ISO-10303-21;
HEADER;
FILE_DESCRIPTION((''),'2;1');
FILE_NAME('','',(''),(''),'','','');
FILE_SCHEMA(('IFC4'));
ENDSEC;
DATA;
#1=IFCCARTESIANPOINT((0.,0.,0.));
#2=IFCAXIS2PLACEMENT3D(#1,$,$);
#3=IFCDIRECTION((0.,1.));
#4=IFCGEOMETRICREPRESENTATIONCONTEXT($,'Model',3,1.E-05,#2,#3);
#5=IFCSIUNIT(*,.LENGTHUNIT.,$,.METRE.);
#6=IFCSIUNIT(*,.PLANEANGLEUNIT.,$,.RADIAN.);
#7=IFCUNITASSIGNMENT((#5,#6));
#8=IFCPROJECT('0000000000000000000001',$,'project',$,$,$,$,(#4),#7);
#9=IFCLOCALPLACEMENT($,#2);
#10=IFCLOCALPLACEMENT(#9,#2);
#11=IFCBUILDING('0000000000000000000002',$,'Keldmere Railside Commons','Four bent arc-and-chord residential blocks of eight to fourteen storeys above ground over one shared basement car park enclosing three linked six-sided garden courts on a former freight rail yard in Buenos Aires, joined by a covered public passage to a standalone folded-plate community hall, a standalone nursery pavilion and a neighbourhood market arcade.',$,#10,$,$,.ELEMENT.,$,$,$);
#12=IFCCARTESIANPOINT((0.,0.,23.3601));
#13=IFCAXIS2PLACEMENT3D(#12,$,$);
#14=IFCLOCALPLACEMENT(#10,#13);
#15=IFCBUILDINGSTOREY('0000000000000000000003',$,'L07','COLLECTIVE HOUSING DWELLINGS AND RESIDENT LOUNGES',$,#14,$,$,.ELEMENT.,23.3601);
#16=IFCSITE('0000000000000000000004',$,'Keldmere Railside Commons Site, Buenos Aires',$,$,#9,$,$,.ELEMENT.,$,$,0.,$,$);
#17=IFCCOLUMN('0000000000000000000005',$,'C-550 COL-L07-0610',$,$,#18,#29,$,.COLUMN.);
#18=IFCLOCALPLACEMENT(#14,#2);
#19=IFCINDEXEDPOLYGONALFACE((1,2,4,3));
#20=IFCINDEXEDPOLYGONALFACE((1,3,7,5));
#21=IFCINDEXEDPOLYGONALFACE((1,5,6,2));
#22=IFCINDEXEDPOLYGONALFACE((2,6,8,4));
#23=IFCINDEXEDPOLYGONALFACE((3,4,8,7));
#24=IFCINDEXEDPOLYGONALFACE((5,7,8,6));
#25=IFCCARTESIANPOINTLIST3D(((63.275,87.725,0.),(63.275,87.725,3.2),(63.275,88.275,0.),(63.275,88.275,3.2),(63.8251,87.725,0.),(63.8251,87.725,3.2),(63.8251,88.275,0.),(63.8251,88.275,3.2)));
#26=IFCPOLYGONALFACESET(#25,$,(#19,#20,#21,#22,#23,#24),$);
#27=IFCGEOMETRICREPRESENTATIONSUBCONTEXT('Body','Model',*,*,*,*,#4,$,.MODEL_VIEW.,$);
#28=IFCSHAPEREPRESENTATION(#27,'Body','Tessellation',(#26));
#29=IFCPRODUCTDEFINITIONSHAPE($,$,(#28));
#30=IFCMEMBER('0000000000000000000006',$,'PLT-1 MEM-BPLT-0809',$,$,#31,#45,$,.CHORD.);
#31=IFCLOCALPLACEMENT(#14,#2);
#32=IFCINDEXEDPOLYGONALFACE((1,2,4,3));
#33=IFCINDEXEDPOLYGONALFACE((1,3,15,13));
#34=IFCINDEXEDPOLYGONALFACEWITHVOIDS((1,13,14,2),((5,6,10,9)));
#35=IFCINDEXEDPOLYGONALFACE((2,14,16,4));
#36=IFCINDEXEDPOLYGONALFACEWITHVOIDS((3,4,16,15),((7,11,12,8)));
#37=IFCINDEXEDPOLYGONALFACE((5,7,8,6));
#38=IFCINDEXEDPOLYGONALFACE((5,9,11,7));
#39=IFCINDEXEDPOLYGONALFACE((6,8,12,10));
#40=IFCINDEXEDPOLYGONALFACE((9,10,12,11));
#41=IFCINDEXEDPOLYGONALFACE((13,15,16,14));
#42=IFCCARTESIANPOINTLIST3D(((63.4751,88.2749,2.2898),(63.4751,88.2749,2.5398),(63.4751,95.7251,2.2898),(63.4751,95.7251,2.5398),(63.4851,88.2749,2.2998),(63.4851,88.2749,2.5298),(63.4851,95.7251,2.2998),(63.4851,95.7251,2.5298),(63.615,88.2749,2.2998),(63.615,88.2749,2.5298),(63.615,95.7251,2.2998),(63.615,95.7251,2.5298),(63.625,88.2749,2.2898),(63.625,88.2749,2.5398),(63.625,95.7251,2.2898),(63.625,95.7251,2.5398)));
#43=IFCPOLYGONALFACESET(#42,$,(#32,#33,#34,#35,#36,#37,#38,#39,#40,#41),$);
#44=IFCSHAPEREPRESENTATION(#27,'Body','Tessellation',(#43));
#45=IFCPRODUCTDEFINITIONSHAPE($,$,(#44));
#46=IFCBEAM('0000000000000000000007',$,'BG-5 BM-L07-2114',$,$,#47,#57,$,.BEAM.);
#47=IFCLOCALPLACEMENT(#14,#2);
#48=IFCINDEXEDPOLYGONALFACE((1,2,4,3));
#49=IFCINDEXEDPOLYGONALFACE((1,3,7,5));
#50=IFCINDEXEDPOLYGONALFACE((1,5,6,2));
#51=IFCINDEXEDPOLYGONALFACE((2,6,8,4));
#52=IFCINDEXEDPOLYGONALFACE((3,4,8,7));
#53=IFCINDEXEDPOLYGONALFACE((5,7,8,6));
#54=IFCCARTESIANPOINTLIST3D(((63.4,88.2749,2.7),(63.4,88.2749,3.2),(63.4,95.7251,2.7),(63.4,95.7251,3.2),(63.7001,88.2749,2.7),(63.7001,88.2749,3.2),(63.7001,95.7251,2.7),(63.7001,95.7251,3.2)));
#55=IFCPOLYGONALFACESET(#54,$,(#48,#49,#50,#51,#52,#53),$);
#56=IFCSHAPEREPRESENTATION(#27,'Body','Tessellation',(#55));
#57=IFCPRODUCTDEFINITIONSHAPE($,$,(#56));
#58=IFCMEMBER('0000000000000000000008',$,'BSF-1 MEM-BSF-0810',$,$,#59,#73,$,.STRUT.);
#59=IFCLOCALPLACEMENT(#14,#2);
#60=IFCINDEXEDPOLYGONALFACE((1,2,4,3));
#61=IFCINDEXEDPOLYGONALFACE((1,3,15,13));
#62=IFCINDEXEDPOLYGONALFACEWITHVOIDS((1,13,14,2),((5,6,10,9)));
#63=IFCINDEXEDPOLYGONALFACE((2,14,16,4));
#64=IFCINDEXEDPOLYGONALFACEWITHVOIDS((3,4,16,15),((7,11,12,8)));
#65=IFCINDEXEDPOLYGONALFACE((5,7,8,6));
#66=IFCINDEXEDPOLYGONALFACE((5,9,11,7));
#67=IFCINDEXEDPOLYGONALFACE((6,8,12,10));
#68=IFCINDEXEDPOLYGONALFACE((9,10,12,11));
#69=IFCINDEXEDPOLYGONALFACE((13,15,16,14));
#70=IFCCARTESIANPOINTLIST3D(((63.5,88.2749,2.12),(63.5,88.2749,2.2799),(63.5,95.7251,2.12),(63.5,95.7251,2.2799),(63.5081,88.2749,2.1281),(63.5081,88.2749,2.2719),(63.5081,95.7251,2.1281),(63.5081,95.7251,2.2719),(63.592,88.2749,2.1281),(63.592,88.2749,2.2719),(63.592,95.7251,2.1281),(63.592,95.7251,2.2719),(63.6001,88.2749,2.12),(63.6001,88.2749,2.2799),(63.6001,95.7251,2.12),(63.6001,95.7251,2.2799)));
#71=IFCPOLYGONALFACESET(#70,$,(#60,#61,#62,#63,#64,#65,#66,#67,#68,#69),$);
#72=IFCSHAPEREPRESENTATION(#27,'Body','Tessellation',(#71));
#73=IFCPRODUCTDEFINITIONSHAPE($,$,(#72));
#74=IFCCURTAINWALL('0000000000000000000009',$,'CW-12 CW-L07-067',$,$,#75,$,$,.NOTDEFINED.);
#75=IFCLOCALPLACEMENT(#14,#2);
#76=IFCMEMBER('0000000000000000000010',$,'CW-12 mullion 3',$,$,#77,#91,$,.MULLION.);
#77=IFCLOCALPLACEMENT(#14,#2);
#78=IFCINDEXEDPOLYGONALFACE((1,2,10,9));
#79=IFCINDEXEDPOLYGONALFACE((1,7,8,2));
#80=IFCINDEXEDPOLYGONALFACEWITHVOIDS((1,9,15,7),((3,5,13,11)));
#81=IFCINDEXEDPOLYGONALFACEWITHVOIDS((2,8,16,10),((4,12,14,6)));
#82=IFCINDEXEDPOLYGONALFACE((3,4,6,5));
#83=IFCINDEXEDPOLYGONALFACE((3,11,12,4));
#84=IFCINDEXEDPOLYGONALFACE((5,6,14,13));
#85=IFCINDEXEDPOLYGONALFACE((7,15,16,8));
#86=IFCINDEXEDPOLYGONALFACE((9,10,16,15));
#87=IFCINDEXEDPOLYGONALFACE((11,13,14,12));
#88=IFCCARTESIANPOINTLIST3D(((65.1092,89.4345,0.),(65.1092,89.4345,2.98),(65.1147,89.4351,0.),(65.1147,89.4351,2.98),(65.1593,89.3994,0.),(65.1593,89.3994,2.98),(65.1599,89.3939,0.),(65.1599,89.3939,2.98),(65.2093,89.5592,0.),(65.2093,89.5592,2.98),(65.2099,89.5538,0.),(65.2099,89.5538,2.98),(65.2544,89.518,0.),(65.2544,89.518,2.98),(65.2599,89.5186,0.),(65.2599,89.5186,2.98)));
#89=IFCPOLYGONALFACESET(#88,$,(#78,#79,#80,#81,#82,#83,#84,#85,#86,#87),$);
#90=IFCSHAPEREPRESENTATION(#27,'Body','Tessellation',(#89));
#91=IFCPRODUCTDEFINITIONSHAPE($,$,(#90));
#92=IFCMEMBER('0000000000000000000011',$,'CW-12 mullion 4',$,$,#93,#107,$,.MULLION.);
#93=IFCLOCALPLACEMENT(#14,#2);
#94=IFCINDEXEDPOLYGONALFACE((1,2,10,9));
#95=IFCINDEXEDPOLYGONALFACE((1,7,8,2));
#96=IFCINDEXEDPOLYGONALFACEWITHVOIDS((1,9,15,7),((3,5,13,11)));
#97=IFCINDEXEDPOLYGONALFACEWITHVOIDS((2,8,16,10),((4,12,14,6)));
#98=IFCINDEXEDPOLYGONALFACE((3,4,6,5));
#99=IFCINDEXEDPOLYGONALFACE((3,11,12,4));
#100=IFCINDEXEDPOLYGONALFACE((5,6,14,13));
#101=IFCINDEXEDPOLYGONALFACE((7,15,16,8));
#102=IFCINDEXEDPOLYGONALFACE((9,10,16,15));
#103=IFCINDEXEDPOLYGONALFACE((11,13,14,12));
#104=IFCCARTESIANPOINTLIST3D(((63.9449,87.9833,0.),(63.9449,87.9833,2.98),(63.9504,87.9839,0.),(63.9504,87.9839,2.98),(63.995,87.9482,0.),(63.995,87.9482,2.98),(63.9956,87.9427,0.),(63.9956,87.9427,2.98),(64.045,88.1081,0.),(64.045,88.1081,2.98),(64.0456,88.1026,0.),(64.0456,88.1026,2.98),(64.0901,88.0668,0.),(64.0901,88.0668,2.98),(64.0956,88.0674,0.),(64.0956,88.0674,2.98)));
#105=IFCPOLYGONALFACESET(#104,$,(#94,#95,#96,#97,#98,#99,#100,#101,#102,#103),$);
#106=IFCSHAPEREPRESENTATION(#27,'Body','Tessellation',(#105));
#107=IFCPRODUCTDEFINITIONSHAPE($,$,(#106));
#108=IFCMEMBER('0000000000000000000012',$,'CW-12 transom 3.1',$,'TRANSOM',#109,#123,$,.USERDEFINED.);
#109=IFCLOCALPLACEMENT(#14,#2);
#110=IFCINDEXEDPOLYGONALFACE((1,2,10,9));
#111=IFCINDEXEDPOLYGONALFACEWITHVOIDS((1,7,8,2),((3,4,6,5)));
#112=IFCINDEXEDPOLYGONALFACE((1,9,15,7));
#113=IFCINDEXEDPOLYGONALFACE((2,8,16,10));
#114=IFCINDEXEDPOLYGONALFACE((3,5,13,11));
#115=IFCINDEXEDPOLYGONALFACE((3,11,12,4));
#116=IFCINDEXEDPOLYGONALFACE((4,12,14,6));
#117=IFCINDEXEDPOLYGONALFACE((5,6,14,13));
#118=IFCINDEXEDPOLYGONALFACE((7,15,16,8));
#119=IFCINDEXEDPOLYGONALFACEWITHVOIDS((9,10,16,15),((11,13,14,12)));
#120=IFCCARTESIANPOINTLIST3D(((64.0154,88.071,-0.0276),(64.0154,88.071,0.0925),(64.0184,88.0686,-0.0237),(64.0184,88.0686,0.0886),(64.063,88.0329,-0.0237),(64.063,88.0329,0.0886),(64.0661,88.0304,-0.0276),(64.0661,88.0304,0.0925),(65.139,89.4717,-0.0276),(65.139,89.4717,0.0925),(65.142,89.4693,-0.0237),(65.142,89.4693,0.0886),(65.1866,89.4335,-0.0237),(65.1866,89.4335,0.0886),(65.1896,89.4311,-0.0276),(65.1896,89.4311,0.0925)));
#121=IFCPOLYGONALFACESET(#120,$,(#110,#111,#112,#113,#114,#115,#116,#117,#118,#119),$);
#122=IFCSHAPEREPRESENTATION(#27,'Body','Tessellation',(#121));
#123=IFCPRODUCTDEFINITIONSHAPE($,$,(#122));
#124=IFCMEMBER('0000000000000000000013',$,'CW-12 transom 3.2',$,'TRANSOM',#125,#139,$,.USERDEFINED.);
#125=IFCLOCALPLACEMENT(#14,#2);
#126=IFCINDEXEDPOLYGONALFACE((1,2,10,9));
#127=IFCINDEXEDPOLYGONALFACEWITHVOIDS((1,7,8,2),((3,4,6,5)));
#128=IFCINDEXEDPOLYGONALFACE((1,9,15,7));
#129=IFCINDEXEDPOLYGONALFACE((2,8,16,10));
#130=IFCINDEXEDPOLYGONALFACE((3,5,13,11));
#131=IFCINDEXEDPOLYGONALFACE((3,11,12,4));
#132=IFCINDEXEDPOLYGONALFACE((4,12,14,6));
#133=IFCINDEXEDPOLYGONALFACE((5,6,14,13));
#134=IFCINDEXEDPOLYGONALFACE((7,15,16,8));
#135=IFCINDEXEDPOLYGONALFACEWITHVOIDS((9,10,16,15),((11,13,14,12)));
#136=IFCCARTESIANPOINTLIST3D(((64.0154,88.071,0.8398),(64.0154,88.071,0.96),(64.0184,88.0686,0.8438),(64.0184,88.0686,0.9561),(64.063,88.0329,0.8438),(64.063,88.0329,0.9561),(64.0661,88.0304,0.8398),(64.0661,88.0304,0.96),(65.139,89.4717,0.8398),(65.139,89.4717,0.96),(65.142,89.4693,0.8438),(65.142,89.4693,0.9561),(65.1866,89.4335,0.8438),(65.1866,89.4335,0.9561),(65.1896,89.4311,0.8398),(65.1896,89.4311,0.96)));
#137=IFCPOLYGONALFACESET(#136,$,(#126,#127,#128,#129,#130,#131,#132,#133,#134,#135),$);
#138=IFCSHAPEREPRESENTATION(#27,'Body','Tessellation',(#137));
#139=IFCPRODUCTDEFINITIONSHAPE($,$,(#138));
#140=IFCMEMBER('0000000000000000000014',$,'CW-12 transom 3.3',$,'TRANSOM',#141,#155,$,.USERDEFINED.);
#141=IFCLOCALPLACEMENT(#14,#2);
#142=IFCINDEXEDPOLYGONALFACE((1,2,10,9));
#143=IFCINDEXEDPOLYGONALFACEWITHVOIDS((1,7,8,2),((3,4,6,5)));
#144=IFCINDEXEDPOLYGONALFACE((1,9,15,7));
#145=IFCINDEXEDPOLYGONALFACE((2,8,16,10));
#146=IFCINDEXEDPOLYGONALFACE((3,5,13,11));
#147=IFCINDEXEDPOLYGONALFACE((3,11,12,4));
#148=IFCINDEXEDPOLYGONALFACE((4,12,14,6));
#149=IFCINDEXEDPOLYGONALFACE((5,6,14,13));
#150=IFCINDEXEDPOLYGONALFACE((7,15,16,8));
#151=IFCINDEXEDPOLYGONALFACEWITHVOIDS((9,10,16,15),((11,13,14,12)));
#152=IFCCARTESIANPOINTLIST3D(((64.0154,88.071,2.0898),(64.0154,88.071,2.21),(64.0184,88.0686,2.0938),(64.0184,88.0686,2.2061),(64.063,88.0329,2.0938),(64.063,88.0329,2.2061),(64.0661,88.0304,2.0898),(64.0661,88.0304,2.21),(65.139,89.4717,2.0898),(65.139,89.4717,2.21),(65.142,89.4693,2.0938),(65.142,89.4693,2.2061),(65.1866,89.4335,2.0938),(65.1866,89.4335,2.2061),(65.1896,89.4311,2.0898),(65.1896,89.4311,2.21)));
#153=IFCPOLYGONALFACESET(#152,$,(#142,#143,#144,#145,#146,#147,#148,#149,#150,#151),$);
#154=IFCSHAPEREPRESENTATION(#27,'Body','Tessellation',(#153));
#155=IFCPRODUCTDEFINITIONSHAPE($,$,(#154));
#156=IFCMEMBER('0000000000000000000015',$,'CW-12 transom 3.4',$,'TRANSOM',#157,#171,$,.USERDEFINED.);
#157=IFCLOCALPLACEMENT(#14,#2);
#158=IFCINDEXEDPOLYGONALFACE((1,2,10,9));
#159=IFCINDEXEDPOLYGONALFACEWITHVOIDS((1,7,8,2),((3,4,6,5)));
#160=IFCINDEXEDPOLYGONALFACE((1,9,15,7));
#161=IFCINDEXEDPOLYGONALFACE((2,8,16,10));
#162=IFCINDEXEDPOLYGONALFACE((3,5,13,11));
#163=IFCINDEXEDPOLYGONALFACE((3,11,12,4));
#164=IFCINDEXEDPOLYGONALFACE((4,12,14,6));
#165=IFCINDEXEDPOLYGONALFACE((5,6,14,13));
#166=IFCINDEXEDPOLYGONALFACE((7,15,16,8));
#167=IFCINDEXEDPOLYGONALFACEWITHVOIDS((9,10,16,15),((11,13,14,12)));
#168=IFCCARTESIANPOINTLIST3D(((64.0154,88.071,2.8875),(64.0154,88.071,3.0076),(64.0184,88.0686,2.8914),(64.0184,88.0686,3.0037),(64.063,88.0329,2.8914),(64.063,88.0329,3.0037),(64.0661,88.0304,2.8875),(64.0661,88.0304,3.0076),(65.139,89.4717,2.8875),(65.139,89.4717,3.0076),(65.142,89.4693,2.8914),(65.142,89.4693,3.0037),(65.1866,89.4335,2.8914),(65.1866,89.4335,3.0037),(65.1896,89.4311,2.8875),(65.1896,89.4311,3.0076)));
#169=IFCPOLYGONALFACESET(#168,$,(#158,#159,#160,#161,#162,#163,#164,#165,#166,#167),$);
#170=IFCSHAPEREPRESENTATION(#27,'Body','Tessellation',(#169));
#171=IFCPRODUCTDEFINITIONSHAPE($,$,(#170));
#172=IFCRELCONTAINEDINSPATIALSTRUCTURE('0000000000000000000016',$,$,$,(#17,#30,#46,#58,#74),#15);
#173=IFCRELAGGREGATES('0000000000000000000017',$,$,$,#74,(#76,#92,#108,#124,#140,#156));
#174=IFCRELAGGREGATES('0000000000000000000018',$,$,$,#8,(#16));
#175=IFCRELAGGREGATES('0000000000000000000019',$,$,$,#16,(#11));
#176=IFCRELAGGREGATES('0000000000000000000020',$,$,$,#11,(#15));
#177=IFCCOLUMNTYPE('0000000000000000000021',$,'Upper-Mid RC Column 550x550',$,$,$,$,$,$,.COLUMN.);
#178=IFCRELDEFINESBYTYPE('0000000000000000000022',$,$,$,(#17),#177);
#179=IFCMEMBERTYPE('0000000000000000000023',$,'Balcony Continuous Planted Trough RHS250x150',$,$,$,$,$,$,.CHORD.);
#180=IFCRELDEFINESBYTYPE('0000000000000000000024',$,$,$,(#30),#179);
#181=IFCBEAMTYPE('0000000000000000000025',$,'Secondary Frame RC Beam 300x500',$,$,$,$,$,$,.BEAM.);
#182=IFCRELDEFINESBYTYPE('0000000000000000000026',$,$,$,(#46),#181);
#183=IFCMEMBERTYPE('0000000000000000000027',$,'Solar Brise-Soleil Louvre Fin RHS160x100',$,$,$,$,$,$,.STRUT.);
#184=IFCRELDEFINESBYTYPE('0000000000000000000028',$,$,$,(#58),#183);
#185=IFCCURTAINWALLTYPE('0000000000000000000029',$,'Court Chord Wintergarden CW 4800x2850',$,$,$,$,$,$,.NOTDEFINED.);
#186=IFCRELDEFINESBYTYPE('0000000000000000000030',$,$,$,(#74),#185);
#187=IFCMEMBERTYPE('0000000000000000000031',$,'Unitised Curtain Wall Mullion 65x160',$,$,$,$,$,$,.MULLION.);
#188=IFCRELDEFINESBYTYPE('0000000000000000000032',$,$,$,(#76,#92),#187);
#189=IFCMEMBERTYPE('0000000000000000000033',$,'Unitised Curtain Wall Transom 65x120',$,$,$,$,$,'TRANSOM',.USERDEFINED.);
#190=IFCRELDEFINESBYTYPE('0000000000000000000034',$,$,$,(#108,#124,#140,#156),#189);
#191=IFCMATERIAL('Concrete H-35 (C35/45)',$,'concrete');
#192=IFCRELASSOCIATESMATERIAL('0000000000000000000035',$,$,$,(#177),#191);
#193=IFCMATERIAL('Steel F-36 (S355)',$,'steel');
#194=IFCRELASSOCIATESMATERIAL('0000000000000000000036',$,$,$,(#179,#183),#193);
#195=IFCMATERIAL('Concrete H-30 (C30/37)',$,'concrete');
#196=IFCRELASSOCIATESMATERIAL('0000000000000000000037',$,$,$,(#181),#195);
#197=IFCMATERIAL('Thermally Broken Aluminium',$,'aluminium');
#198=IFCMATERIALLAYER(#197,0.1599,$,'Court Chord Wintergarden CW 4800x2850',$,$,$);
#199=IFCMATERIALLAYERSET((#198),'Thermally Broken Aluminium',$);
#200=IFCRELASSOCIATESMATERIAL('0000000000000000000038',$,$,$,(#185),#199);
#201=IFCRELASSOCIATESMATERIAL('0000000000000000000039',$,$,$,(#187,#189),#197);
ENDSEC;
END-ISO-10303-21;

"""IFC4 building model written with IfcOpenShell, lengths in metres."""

from ifc_helpers import new_model, si_unit, direction, frame, origin, origin_2d, place, context, subcontext, project, spatial, rectangle, hollow_rectangle, extrude, material, layer, layer_set, material_profile, profile_set, type_object, element, aggregate, save


model = new_model("IFC4")

# Units and contexts
model_context = context("Model", 3, precision=1e-05, world=origin(), true_north=direction((0.0, 1.0)))
body_context = subcontext(model_context, "Body", "Model", "MODEL_VIEW")
ifc_project = project(units=[si_unit("LENGTHUNIT", "METRE"), si_unit("PLANEANGLEUNIT", "RADIAN")], contexts=[model_context])

# Site, building, storey
site_placement = place(None, origin())
site = spatial("IfcSite", under=ifc_project, at=site_placement, Name="Keldmere Railside Commons Site, Buenos Aires", CompositionType="ELEMENT", RefElevation=0.0)
building_placement = place(site_placement, origin())
building = spatial("IfcBuilding", under=site, at=building_placement, Name="Keldmere Railside Commons", Description="Four bent arc-and-chord residential blocks of eight to fourteen storeys above ground over one shared basement car park enclosing three linked six-sided garden courts on a former freight rail yard in Buenos Aires, joined by a covered public passage to a standalone folded-plate community hall, a standalone nursery pavilion and a neighbourhood market arcade.", CompositionType="ELEMENT")
storey_placement = place(building_placement, frame((0.0, 0.0, 23.3601)))
storey = spatial("IfcBuildingStorey", under=building, at=storey_placement, Name="L07", Description="COLLECTIVE HOUSING DWELLINGS AND RESIDENT LOUNGES", CompositionType="ELEMENT", Elevation=23.3601)

# Column
ifc_material_1 = material(Name="Concrete H-35 (C35/45)", Category="concrete")
ifc_material_profile_1 = material_profile(ifc_material_1, rectangle(XDim=0.55, YDim=0.55, at=origin_2d()), Name="RC-550x550")
ifc_profile_set_1 = profile_set([ifc_material_profile_1], Name="Concrete H-35 (C35/45)")
column_type = type_object("IfcColumnType", Name="Upper-Mid RC Column 550x550", PredefinedType="COLUMN", material=ifc_profile_set_1)
column_placement = place(storey_placement, frame((63.55, 88.0, 0.0), z_axis=(0.0, 0.0, 1.0), x_axis=(1.0, 0.0, 0.0)))
element("IfcColumn", 1, at=column_placement, inside=storey, type_object=column_type, Name="C-550 COL-L07-0610", PredefinedType="COLUMN", context=body_context, shape_type="SweptSolid", body=[
    extrude(rectangle(XDim=0.55, YDim=0.55, at=origin_2d()), origin(), (0.0, 0.0, 1.0), 3.2),
])

# Member
ifc_material_2 = material(Name="Steel F-36 (S355)", Category="steel")
ifc_material_profile_2 = material_profile(ifc_material_2, hollow_rectangle(XDim=0.1499, YDim=0.25, WallThickness=0.01, at=origin_2d()), Name="RHS-250x150x10")
ifc_profile_set_2 = profile_set([ifc_material_profile_2], Name="Steel F-36 (S355)")
member_type_1 = type_object("IfcMemberType", Name="Balcony Continuous Planted Trough RHS250x150", PredefinedType="CHORD", material=ifc_profile_set_2)
member_1_placement = place(storey_placement, frame((63.55, 88.2749, 2.4148), z_axis=(0.0, 1.0, 0.0), x_axis=(-1.0, 0.0, 0.0)))
element("IfcMember", 2, at=member_1_placement, inside=storey, type_object=member_type_1, Name="PLT-1 MEM-BPLT-0809", PredefinedType="CHORD", context=body_context, shape_type="SweptSolid", body=[
    extrude(hollow_rectangle(XDim=0.1499, YDim=0.25, WallThickness=0.01, at=origin_2d()), origin(), (0.0, 0.0, 1.0), 7.4502),
])

# Beam
ifc_material_3 = material(Name="Concrete H-30 (C30/37)", Category="concrete")
ifc_material_profile_3 = material_profile(ifc_material_3, rectangle(XDim=0.3, YDim=0.5, at=origin_2d()), Name="RC-300x500")
ifc_profile_set_3 = profile_set([ifc_material_profile_3], Name="Concrete H-30 (C30/37)")
beam_type = type_object("IfcBeamType", Name="Secondary Frame RC Beam 300x500", PredefinedType="BEAM", material=ifc_profile_set_3)
beam_placement = place(storey_placement, frame((63.55, 88.2749, 2.95), z_axis=(0.0, 1.0, 0.0), x_axis=(-1.0, 0.0, 0.0)))
element("IfcBeam", 3, at=beam_placement, inside=storey, type_object=beam_type, Name="BG-5 BM-L07-2114", PredefinedType="BEAM", context=body_context, shape_type="SweptSolid", body=[
    extrude(rectangle(XDim=0.3, YDim=0.5, at=origin_2d()), origin(), (0.0, 0.0, 1.0), 7.4502),
])

# Member
ifc_material_profile_4 = material_profile(ifc_material_2, hollow_rectangle(XDim=0.1001, YDim=0.1599, WallThickness=0.0081, at=origin_2d()), Name="RHS-160x100x8")
ifc_profile_set_4 = profile_set([ifc_material_profile_4], Name="Steel F-36 (S355)")
member_type_2 = type_object("IfcMemberType", Name="Solar Brise-Soleil Louvre Fin RHS160x100", PredefinedType="STRUT", material=ifc_profile_set_4)
member_2_placement = place(storey_placement, frame((63.55, 88.2749, 2.2), z_axis=(0.0, 1.0, 0.0), x_axis=(-1.0, 0.0, 0.0)))
element("IfcMember", 4, at=member_2_placement, inside=storey, type_object=member_type_2, Name="BSF-1 MEM-BSF-0810", PredefinedType="STRUT", context=body_context, shape_type="SweptSolid", body=[
    extrude(hollow_rectangle(XDim=0.1001, YDim=0.1599, WallThickness=0.0081, at=origin_2d()), origin(), (0.0, 0.0, 1.0), 7.4502),
])

# Curtain wall, members
ifc_material_4 = material(Name="Thermally Broken Aluminium", Category="aluminium")
ifc_layer_1 = layer(ifc_material_4, 0.1599, Name="Court Chord Wintergarden CW 4800x2850")
ifc_layer_set_1 = layer_set([ifc_layer_1], Name="Thermally Broken Aluminium")
curtain_wall_type = type_object("IfcCurtainWallType", Name="Court Chord Wintergarden CW 4800x2850", PredefinedType="NOTDEFINED", material=ifc_layer_set_1)
curtain_wall_placement = place(storey_placement, origin())
curtain_wall = element("IfcCurtainWall", 5, at=curtain_wall_placement, inside=storey, type_object=curtain_wall_type, Name="CW-12 CW-L07-067", PredefinedType="NOTDEFINED")
ifc_material_profile_5 = material_profile(ifc_material_4, hollow_rectangle(XDim=0.0649, YDim=0.1599, WallThickness=0.0039, at=origin_2d()), Name="ALU-MULL-65x160")
ifc_profile_set_5 = profile_set([ifc_material_profile_5], Name="Thermally Broken Aluminium")
member_type_3 = type_object("IfcMemberType", Name="Unitised Curtain Wall Mullion 65x160", PredefinedType="MULLION", material=ifc_profile_set_5)
member_3_placement = place(storey_placement, frame((65.1846, 89.4766, 0.0), z_axis=(0.0, 0.0, 1.0), x_axis=(0.780009, -0.625768, 0.0)))
member_3 = element("IfcMember", 6, at=member_3_placement, type_object=member_type_3, Name="CW-12 mullion 3", PredefinedType="MULLION", context=body_context, shape_type="SweptSolid", body=[
    extrude(hollow_rectangle(XDim=0.0649, YDim=0.1599, WallThickness=0.0039, at=origin_2d()), origin(), (0.0, 0.0, 1.0), 2.98),
])
member_4_placement = place(storey_placement, frame((64.0203, 88.0254, 0.0), z_axis=(0.0, 0.0, 1.0), x_axis=(0.780009, -0.625768, 0.0)))
member_4 = element("IfcMember", 7, at=member_4_placement, type_object=member_type_3, Name="CW-12 mullion 4", PredefinedType="MULLION", context=body_context, shape_type="SweptSolid", body=[
    extrude(hollow_rectangle(XDim=0.0649, YDim=0.1599, WallThickness=0.0039, at=origin_2d()), origin(), (0.0, 0.0, 1.0), 2.98),
])
ifc_material_profile_6 = material_profile(ifc_material_4, hollow_rectangle(XDim=0.0649, YDim=0.1201, WallThickness=0.0039, at=origin_2d()), Name="ALU-TRAN-65x120")
ifc_profile_set_6 = profile_set([ifc_material_profile_6], Name="Thermally Broken Aluminium")
member_type_4 = type_object("IfcMemberType", Name="Unitised Curtain Wall Transom 65x120", ElementType="TRANSOM", PredefinedType="USERDEFINED", material=ifc_profile_set_6)
member_5_placement = place(storey_placement, frame((65.1643, 89.4514, 0.0325), z_axis=(-0.625723, -0.780046, 0.0), x_axis=(0.780046, -0.625723, 0.0)))
member_5 = element("IfcMember", 8, at=member_5_placement, type_object=member_type_4, Name="CW-12 transom 3.1", ObjectType="TRANSOM", PredefinedType="USERDEFINED", context=body_context, shape_type="SweptSolid", body=[
    extrude(hollow_rectangle(XDim=0.0649, YDim=0.1201, WallThickness=0.0039, at=origin_2d()), origin(), (0.0, 0.0, 1.0), 1.7957),
])
member_6_placement = place(storey_placement, frame((65.1643, 89.4514, 0.8999), z_axis=(-0.625723, -0.780046, 0.0), x_axis=(0.780046, -0.625723, 0.0)))
member_6 = element("IfcMember", 9, at=member_6_placement, type_object=member_type_4, Name="CW-12 transom 3.2", ObjectType="TRANSOM", PredefinedType="USERDEFINED", context=body_context, shape_type="SweptSolid", body=[
    extrude(hollow_rectangle(XDim=0.0649, YDim=0.1201, WallThickness=0.0039, at=origin_2d()), origin(), (0.0, 0.0, 1.0), 1.7957),
])
member_7_placement = place(storey_placement, frame((65.1643, 89.4514, 2.1499), z_axis=(-0.625723, -0.780046, 0.0), x_axis=(0.780046, -0.625723, 0.0)))
member_7 = element("IfcMember", 10, at=member_7_placement, type_object=member_type_4, Name="CW-12 transom 3.3", ObjectType="TRANSOM", PredefinedType="USERDEFINED", context=body_context, shape_type="SweptSolid", body=[
    extrude(hollow_rectangle(XDim=0.0649, YDim=0.1201, WallThickness=0.0039, at=origin_2d()), origin(), (0.0, 0.0, 1.0), 1.7957),
])
member_8_placement = place(storey_placement, frame((65.1643, 89.4514, 2.9475), z_axis=(-0.625723, -0.780046, 0.0), x_axis=(0.780046, -0.625723, 0.0)))
member_8 = element("IfcMember", 11, at=member_8_placement, type_object=member_type_4, Name="CW-12 transom 3.4", ObjectType="TRANSOM", PredefinedType="USERDEFINED", context=body_context, shape_type="SweptSolid", body=[
    extrude(hollow_rectangle(XDim=0.0649, YDim=0.1201, WallThickness=0.0039, at=origin_2d()), origin(), (0.0, 0.0, 1.0), 1.7957),
])
aggregate(curtain_wall, [member_3, member_4, member_5, member_6, member_7, member_8])

save(model, "model.ifc")
